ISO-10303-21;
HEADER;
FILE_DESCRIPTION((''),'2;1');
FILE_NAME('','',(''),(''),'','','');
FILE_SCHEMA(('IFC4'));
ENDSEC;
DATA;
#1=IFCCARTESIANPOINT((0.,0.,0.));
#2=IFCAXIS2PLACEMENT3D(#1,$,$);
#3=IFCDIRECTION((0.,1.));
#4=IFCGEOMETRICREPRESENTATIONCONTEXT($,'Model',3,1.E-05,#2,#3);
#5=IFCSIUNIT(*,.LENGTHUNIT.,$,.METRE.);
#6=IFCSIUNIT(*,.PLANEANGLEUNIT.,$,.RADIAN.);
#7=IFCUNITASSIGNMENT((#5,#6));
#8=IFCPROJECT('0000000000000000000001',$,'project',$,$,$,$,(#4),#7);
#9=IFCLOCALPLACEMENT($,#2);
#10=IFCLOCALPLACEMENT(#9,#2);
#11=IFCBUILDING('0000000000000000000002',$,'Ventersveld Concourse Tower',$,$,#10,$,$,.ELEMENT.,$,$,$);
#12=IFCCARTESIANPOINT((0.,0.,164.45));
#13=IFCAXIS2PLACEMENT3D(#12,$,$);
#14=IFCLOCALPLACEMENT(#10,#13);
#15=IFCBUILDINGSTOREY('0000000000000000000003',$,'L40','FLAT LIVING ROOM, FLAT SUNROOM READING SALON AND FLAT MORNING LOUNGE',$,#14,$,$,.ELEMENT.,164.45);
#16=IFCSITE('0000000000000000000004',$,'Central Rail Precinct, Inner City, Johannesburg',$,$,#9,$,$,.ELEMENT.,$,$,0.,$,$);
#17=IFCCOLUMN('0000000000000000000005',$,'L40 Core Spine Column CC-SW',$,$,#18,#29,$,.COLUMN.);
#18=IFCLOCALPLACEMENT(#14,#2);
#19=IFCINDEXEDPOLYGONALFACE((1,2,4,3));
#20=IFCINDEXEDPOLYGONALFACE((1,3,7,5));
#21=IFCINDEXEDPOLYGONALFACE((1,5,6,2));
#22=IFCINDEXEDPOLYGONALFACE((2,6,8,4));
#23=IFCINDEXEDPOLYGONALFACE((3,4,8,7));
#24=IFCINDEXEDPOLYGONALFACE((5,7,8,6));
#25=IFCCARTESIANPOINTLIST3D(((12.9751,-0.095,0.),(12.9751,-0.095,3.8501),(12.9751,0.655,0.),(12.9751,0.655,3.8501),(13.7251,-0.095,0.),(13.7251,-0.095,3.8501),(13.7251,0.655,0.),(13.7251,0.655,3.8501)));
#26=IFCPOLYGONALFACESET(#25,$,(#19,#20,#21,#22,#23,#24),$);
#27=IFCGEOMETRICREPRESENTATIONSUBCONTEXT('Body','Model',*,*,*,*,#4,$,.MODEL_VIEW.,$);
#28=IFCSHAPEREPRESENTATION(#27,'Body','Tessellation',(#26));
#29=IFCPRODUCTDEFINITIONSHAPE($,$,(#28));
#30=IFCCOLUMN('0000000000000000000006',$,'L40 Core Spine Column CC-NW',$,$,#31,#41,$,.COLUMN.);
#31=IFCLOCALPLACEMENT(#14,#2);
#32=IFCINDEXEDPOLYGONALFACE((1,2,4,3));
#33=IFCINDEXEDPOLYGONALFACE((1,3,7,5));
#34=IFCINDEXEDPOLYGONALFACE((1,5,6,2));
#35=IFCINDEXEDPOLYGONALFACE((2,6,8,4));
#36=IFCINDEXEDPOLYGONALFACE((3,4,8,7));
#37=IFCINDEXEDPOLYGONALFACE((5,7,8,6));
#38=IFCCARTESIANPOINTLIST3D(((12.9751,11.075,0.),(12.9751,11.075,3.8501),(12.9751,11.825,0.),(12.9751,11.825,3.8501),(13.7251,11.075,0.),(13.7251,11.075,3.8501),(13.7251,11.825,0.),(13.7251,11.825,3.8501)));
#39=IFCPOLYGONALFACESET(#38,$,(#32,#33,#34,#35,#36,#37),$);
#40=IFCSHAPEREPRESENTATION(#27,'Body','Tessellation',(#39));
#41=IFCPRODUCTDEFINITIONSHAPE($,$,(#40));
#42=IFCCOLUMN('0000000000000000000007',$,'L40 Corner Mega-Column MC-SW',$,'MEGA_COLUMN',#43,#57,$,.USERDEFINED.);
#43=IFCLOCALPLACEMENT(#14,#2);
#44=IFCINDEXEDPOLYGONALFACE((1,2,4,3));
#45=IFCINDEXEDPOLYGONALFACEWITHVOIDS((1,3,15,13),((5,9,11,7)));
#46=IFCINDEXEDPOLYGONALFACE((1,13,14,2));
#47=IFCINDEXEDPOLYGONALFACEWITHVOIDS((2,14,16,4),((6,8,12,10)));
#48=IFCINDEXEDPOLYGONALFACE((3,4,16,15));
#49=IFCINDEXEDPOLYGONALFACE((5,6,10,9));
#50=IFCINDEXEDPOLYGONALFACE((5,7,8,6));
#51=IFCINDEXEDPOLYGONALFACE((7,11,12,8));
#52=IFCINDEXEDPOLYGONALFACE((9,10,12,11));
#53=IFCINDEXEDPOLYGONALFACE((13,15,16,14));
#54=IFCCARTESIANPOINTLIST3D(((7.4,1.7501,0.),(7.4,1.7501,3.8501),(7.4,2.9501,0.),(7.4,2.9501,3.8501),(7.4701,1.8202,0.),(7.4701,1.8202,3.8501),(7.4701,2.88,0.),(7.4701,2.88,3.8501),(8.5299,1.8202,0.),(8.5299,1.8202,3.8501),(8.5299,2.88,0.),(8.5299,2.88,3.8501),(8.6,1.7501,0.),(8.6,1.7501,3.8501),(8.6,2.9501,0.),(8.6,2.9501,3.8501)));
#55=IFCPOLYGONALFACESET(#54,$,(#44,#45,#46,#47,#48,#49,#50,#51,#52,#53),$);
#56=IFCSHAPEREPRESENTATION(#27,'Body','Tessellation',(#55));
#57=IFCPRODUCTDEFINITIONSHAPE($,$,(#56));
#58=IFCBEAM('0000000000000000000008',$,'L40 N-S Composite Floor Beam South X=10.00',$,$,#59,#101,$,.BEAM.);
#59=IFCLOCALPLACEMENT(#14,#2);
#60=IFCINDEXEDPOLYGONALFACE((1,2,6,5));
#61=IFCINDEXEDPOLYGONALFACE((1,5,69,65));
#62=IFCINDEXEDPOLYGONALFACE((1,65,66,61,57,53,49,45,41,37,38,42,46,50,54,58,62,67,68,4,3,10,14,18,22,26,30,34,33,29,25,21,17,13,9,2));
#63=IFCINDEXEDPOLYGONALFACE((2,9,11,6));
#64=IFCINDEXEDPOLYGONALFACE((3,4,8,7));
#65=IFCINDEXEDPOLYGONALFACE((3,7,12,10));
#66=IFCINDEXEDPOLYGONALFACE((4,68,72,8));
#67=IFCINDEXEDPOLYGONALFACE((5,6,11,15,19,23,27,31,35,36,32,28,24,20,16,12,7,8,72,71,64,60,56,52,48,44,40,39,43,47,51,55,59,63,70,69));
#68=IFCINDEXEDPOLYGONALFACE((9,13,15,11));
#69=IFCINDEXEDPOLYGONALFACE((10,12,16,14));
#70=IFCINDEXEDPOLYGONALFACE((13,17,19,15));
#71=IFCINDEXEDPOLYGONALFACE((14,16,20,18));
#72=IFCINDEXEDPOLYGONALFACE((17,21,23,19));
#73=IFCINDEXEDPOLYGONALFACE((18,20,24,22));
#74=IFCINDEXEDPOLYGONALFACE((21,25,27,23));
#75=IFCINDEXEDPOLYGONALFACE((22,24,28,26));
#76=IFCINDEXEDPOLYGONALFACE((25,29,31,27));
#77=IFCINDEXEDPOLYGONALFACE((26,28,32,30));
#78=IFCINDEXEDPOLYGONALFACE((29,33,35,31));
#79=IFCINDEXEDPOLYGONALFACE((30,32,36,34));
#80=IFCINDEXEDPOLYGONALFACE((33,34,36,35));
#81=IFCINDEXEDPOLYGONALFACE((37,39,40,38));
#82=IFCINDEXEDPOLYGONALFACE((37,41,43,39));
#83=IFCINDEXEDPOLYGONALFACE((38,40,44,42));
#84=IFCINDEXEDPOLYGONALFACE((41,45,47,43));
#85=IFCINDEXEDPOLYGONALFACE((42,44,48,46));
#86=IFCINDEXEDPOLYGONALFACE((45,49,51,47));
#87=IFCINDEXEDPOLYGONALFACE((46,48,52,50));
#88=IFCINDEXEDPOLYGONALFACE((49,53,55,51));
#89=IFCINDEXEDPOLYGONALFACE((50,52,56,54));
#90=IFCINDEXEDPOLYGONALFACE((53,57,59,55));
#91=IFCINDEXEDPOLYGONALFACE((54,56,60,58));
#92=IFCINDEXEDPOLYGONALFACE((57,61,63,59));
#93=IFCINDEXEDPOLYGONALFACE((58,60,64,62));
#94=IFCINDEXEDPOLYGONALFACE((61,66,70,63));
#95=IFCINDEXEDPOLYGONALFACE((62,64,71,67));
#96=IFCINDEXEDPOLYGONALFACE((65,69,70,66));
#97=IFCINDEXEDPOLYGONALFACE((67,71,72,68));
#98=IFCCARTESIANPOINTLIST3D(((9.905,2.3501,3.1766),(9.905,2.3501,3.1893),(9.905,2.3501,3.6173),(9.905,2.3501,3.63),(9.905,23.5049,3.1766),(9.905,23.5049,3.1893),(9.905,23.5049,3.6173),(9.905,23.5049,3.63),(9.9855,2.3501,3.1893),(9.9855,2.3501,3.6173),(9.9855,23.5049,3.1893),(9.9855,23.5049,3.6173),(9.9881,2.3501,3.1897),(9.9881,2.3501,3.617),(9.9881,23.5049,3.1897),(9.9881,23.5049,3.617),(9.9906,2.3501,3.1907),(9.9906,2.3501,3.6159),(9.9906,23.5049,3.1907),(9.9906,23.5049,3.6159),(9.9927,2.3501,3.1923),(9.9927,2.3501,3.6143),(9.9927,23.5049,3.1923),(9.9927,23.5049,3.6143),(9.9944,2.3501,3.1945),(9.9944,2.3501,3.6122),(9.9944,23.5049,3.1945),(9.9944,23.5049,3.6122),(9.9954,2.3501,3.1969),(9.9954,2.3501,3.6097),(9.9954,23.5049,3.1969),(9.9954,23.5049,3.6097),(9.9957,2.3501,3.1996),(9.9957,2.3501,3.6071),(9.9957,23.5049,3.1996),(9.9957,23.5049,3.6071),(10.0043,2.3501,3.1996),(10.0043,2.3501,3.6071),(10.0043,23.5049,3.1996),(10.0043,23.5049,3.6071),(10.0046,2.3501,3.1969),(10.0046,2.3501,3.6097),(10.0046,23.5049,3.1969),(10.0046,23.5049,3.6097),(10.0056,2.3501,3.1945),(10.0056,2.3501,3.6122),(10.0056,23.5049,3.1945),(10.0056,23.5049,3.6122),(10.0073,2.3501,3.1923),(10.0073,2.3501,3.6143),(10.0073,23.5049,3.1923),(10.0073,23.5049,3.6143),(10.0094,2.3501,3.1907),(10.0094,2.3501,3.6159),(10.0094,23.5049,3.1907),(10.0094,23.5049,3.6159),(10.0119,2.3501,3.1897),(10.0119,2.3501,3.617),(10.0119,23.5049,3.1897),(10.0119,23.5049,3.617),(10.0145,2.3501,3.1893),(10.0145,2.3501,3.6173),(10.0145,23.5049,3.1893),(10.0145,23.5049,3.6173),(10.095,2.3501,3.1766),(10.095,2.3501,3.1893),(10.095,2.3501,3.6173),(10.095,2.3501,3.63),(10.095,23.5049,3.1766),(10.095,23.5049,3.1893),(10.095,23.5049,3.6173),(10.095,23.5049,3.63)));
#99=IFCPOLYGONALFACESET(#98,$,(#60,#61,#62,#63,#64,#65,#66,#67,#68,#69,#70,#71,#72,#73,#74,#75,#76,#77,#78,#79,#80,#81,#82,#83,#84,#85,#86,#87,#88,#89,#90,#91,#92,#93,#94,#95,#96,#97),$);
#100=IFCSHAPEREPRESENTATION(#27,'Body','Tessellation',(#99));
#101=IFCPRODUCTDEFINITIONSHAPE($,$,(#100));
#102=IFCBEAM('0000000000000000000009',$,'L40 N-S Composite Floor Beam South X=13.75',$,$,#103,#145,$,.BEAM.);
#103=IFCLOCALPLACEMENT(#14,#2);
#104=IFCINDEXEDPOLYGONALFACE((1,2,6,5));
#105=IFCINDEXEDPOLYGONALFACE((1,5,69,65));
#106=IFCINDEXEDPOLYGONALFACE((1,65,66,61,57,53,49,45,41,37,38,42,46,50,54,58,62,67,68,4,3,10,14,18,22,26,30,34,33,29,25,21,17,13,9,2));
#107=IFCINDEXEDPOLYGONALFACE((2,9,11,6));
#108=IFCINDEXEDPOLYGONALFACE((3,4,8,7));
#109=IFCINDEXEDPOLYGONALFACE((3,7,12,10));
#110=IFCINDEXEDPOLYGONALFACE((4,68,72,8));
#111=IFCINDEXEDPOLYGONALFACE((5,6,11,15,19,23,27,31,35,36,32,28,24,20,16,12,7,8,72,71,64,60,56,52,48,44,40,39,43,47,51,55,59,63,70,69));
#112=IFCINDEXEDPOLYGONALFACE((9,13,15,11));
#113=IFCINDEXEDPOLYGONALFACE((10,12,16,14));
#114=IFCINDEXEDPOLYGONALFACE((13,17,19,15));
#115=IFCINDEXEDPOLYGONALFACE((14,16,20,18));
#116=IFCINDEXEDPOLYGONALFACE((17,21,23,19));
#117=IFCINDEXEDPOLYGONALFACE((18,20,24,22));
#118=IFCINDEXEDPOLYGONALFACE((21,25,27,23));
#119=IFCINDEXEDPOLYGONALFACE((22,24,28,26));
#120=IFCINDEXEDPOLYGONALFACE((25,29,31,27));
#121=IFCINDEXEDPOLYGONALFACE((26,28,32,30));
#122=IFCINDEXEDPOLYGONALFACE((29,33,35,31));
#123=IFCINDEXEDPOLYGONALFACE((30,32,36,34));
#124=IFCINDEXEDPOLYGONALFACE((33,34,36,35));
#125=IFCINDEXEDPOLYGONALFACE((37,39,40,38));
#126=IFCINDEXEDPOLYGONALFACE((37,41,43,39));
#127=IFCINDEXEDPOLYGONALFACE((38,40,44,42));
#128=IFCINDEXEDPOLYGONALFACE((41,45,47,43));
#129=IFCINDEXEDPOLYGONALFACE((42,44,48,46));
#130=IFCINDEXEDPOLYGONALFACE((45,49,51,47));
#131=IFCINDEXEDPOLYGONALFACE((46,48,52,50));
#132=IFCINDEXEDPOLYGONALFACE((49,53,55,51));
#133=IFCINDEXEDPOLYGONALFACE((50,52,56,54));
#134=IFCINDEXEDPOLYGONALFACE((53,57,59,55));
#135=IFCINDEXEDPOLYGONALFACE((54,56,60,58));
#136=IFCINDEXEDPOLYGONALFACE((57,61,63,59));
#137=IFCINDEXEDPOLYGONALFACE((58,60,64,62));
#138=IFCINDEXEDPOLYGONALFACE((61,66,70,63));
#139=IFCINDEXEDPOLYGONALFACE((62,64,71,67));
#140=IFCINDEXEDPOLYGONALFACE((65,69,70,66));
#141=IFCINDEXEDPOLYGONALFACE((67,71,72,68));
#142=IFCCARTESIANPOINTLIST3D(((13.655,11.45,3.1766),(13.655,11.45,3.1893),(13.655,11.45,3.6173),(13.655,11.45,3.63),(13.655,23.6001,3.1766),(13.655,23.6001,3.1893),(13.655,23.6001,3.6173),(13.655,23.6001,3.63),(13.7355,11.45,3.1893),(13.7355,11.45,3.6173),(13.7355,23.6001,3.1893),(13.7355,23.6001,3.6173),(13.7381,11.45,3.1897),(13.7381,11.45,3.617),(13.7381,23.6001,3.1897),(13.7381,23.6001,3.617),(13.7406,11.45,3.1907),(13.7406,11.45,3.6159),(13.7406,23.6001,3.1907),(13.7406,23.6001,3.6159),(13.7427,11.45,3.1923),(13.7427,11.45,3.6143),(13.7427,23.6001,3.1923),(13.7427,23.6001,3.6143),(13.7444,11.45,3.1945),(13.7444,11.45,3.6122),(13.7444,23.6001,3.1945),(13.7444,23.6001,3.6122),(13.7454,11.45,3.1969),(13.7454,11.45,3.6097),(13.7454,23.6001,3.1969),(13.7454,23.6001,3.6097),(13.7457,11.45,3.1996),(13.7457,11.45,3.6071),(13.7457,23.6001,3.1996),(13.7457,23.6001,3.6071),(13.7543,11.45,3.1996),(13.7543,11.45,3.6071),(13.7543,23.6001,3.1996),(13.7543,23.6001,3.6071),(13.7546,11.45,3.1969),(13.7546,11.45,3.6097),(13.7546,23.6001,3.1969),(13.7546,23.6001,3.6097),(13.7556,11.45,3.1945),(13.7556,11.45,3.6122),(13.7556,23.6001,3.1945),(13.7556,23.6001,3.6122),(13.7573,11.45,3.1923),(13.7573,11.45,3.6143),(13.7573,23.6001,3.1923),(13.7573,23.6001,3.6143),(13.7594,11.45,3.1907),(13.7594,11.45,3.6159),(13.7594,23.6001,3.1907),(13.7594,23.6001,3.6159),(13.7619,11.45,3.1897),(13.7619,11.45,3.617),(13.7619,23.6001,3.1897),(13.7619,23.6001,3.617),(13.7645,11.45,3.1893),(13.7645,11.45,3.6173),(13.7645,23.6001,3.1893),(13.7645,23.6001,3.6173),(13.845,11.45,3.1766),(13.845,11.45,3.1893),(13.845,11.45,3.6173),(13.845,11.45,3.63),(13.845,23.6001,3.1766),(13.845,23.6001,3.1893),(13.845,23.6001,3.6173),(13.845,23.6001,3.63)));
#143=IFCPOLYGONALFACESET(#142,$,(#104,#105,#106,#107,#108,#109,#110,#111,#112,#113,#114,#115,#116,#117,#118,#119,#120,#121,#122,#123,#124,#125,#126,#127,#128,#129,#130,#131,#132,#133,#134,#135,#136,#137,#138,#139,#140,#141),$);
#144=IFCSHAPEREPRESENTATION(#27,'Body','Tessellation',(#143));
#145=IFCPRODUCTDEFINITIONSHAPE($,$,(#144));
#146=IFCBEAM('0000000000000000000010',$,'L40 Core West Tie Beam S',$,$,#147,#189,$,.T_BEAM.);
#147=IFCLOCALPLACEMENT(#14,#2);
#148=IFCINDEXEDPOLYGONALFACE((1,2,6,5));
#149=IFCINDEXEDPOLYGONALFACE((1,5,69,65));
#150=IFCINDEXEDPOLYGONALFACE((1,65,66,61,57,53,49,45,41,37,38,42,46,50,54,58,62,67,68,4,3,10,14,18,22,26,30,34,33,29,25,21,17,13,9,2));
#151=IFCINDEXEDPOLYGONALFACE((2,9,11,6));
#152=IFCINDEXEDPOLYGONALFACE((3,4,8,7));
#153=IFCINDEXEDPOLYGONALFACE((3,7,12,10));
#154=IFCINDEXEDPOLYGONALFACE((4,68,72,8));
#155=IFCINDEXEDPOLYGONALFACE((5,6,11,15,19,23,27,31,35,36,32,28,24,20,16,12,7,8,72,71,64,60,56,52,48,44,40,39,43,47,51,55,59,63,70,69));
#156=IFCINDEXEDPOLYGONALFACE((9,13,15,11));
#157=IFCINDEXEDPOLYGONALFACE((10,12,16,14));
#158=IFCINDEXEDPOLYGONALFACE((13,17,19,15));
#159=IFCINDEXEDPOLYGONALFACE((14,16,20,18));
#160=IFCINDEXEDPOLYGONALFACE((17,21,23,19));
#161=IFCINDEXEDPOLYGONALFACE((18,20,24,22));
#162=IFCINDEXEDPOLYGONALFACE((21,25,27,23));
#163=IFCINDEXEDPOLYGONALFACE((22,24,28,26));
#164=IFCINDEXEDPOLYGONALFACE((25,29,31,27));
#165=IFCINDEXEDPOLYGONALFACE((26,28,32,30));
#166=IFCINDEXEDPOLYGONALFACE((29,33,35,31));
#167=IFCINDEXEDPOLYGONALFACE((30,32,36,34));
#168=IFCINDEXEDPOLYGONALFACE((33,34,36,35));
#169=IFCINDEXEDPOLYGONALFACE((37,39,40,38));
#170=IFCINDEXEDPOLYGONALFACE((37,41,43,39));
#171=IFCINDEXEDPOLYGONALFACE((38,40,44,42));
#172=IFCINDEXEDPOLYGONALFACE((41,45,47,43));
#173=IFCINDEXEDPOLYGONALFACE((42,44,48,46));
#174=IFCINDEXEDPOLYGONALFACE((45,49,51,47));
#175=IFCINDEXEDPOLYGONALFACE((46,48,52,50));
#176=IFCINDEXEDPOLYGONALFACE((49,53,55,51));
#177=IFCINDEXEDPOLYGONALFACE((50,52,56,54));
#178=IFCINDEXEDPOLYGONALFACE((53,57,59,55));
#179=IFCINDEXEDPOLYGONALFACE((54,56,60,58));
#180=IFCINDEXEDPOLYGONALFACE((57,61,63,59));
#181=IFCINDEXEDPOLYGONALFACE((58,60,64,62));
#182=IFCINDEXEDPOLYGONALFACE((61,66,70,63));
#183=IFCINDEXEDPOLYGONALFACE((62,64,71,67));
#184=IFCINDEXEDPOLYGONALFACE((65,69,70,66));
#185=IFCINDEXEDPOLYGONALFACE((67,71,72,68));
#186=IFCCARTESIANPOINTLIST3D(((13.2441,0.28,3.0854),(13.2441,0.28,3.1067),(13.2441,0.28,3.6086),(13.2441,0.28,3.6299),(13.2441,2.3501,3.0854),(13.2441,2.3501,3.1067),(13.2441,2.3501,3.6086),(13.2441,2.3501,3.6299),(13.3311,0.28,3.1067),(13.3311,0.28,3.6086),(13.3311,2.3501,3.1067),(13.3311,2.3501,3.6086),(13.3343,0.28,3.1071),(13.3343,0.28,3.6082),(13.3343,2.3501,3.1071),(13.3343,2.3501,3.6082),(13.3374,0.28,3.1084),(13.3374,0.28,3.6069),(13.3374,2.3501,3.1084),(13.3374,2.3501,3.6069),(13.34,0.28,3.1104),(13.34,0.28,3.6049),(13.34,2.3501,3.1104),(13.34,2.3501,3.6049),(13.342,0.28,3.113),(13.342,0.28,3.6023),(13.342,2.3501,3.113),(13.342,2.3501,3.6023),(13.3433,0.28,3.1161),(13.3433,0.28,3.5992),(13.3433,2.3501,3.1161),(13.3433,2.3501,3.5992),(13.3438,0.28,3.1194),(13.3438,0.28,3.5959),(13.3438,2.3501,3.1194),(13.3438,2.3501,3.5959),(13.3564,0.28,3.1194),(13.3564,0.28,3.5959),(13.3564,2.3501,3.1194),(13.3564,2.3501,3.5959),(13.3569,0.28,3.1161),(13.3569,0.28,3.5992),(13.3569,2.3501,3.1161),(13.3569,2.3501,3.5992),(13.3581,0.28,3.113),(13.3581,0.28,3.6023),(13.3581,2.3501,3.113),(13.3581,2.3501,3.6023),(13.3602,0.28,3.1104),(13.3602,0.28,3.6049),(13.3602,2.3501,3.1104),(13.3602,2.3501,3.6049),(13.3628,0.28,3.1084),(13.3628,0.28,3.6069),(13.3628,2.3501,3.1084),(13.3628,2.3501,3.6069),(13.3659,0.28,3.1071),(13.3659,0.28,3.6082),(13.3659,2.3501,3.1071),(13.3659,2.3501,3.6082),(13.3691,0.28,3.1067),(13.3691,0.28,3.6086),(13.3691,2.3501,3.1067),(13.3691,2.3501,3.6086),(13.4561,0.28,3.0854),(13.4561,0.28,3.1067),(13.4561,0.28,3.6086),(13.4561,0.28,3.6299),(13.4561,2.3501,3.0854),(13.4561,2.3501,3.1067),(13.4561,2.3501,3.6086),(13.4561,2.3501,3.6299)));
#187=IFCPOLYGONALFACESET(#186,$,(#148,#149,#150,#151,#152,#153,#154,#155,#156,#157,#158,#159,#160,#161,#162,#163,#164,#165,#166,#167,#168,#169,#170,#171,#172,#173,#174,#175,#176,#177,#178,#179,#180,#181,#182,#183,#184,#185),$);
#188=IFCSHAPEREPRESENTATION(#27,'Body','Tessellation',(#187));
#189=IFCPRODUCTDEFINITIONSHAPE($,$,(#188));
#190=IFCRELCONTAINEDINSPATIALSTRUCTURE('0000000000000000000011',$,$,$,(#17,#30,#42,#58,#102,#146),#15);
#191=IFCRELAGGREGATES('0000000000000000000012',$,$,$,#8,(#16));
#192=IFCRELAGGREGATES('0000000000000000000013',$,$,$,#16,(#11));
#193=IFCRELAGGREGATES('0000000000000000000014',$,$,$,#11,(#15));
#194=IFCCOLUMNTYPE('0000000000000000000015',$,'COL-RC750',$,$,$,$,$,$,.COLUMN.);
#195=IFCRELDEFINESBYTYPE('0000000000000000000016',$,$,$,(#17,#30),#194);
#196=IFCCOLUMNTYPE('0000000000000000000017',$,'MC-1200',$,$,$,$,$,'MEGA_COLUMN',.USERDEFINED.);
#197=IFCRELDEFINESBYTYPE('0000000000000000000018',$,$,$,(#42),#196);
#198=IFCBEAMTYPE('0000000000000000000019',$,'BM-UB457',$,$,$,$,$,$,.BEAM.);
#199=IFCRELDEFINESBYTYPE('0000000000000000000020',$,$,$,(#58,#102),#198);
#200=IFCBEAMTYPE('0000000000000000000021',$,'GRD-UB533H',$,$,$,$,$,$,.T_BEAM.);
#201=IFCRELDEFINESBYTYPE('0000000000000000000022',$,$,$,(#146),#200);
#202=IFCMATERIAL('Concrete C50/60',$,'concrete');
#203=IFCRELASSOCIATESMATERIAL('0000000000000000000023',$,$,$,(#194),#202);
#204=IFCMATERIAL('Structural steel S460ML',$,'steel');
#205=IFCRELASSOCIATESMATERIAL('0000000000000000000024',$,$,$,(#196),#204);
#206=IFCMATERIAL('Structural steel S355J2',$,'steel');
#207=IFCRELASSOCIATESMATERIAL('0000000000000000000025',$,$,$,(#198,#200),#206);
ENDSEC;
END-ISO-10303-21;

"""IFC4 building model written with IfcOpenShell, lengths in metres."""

from ifc_helpers import new_model, si_unit, direction, frame, origin, origin_2d, place, context, subcontext, project, spatial, rectangle, hollow_rectangle, i_section, extrude, material, material_profile, profile_set, type_object, element, save


model = new_model("IFC4")

# Units and contexts
model_context = context("Model", 3, precision=1e-05, world=origin(), true_north=direction((0.0, 1.0)))
body_context = subcontext(model_context, "Body", "Model", "MODEL_VIEW")
ifc_project = project(units=[si_unit("LENGTHUNIT", "METRE"), si_unit("PLANEANGLEUNIT", "RADIAN")], contexts=[model_context])

# Site, building, storey
site_placement = place(None, origin())
site = spatial("IfcSite", under=ifc_project, at=site_placement, Name="Central Rail Precinct, Inner City, Johannesburg", CompositionType="ELEMENT", RefElevation=0.0)
building_placement = place(site_placement, origin())
building = spatial("IfcBuilding", under=site, at=building_placement, Name="Ventersveld Concourse Tower", CompositionType="ELEMENT")
storey_placement = place(building_placement, frame((0.0, 0.0, 164.45)))
storey = spatial("IfcBuildingStorey", under=building, at=storey_placement, Name="L40", Description="FLAT LIVING ROOM, FLAT SUNROOM READING SALON AND FLAT MORNING LOUNGE", CompositionType="ELEMENT", Elevation=164.45)

# Columns
ifc_material_1 = material(Name="Concrete C50/60", Category="concrete")
ifc_material_profile_1 = material_profile(ifc_material_1, rectangle(XDim=0.75, YDim=0.75, at=origin_2d()), Name="RC 750x750")
ifc_profile_set_1 = profile_set([ifc_material_profile_1], Name="Concrete C50/60")
column_type_1 = type_object("IfcColumnType", Name="COL-RC750", PredefinedType="COLUMN", material=ifc_profile_set_1)
for number, where, z_axis, x_axis, name in (
    (1, (13.3501, 0.28, 0.0), (0.0, 0.0, 1.0), (1.0, 0.0, 0.0), "L40 Core Spine Column CC-SW"),
    (2, (13.3501, 11.45, 0.0), (0.0, 0.0, 1.0), (1.0, 0.0, 0.0), "L40 Core Spine Column CC-NW"),
):
    element("IfcColumn", number, at=place(storey_placement, frame(where, z_axis=z_axis, x_axis=x_axis)), inside=storey, type_object=column_type_1, Name=name, PredefinedType="COLUMN", context=body_context, shape_type="SweptSolid", body=[
        extrude(rectangle(XDim=0.75, YDim=0.75, at=origin_2d()), origin(), (0.0, 0.0, 1.0), 3.8501),
    ])
ifc_material_2 = material(Name="Structural steel S460ML", Category="steel")
ifc_material_profile_2 = material_profile(ifc_material_2, hollow_rectangle(XDim=1.2, YDim=1.2, WallThickness=0.0701, at=origin_2d()), Name="BOX 1200x1200x70")
ifc_profile_set_2 = profile_set([ifc_material_profile_2], Name="Structural steel S460ML")
column_type_2 = type_object("IfcColumnType", Name="MC-1200", ElementType="MEGA_COLUMN", PredefinedType="USERDEFINED", material=ifc_profile_set_2)
column_placement = place(storey_placement, frame((8.0, 2.3501, 0.0), z_axis=(0.0, 0.0, 1.0), x_axis=(1.0, 0.0, 0.0)))
element("IfcColumn", 3, at=column_placement, inside=storey, type_object=column_type_2, Name="L40 Corner Mega-Column MC-SW", ObjectType="MEGA_COLUMN", PredefinedType="USERDEFINED", context=body_context, shape_type="SweptSolid", body=[
    extrude(hollow_rectangle(XDim=1.2, YDim=1.2, WallThickness=0.0701, at=origin_2d()), origin(), (0.0, 0.0, 1.0), 3.8501),
])

# Beams
ifc_material_3 = material(Name="Structural steel S355J2", Category="steel")
ifc_material_profile_3 = material_profile(ifc_material_3, i_section(OverallWidth=0.1899, OverallDepth=0.4534, WebThickness=0.0085, FlangeThickness=0.0127, FilletRadius=0.0103, at=origin_2d()), Name="UB 457x191x67")
ifc_profile_set_3 = profile_set([ifc_material_profile_3], Name="Structural steel S355J2")
beam_type_1 = type_object("IfcBeamType", Name="BM-UB457", PredefinedType="BEAM", material=ifc_profile_set_3)
beam_1_placement = place(storey_placement, frame((10.0, 2.3501, 3.4033), z_axis=(0.0, 1.0, 0.0), x_axis=(-1.0, 0.0, 0.0)))
element("IfcBeam", 4, at=beam_1_placement, inside=storey, type_object=beam_type_1, Name="L40 N-S Composite Floor Beam South X=10.00", PredefinedType="BEAM", context=body_context, shape_type="SweptSolid", body=[
    extrude(i_section(OverallWidth=0.1899, OverallDepth=0.4534, WebThickness=0.0085, FlangeThickness=0.0127, FilletRadius=0.0103, at=origin_2d()), origin(), (0.0, 0.0, 1.0), 21.1548),
])
beam_2_placement = place(storey_placement, frame((13.75, 11.45, 3.4033), z_axis=(0.0, 1.0, 0.0), x_axis=(-1.0, 0.0, 0.0)))
element("IfcBeam", 5, at=beam_2_placement, inside=storey, type_object=beam_type_1, Name="L40 N-S Composite Floor Beam South X=13.75", PredefinedType="BEAM", context=body_context, shape_type="SweptSolid", body=[
    extrude(i_section(OverallWidth=0.1899, OverallDepth=0.4534, WebThickness=0.0085, FlangeThickness=0.0127, FilletRadius=0.0103, at=origin_2d()), origin(), (0.0, 0.0, 1.0), 12.1501),
])
ifc_material_profile_4 = material_profile(ifc_material_3, i_section(OverallWidth=0.2119, OverallDepth=0.5444, WebThickness=0.0127, FlangeThickness=0.0212, FilletRadius=0.0127, at=origin_2d()), Name="UB 533x210x122")
ifc_profile_set_4 = profile_set([ifc_material_profile_4], Name="Structural steel S355J2")
beam_type_2 = type_object("IfcBeamType", Name="GRD-UB533H", PredefinedType="T_BEAM", material=ifc_profile_set_4)
beam_3_placement = place(storey_placement, frame((13.3501, 0.28, 3.3577), z_axis=(0.0, 1.0, 0.0), x_axis=(-1.0, 0.0, 0.0)))
element("IfcBeam", 6, at=beam_3_placement, inside=storey, type_object=beam_type_2, Name="L40 Core West Tie Beam S", PredefinedType="T_BEAM", context=body_context, shape_type="SweptSolid", body=[
    extrude(i_section(OverallWidth=0.2119, OverallDepth=0.5444, WebThickness=0.0127, FlangeThickness=0.0212, FilletRadius=0.0127, at=origin_2d()), origin(), (0.0, 0.0, 1.0), 2.0701),
])

save(model, "model.ifc")
